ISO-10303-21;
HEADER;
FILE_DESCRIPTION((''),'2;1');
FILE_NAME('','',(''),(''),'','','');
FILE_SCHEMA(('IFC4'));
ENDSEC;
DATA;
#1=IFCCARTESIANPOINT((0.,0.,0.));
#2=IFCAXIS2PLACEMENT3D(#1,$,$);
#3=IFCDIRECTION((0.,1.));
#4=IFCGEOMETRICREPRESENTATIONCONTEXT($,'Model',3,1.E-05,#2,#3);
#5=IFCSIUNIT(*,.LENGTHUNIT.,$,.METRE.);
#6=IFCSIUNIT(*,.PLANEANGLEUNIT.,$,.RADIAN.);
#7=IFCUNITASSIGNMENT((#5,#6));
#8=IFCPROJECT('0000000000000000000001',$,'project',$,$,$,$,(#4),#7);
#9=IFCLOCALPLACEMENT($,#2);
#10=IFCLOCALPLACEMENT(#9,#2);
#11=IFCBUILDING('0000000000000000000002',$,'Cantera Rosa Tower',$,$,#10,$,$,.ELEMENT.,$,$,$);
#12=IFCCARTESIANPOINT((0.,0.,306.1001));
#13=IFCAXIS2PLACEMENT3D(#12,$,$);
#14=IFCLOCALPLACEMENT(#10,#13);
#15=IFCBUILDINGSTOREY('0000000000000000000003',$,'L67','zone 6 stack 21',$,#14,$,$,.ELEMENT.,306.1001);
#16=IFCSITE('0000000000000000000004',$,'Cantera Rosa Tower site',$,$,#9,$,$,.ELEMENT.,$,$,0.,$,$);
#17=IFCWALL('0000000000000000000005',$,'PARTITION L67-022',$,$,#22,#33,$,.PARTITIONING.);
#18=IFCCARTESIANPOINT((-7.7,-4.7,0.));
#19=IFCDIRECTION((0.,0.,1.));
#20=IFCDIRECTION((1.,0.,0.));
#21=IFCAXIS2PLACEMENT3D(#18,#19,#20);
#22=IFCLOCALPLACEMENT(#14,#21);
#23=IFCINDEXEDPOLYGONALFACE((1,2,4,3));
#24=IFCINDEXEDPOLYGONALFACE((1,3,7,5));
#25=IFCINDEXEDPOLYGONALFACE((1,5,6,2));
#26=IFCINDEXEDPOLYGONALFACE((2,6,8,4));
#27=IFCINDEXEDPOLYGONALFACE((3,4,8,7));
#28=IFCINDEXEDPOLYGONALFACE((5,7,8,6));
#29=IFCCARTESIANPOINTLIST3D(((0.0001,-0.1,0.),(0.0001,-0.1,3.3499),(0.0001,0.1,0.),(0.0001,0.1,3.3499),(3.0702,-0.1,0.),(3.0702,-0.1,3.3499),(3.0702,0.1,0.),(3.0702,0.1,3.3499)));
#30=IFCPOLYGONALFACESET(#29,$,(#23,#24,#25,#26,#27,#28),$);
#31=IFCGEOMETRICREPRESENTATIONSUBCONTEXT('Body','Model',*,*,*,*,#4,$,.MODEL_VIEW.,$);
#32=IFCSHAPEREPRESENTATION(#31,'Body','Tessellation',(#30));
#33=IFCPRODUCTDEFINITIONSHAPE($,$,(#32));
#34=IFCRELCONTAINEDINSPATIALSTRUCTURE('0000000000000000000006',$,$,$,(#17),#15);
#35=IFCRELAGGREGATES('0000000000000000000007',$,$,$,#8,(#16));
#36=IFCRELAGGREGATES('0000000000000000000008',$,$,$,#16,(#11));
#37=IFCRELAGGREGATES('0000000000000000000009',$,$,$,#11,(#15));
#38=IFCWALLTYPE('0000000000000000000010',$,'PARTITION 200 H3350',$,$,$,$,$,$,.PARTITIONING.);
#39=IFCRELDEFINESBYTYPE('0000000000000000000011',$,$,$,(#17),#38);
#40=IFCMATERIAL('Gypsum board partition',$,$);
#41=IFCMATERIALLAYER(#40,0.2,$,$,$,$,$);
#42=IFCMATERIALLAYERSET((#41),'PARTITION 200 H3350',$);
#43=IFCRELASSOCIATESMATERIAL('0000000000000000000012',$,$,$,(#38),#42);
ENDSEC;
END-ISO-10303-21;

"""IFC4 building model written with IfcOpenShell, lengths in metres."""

from ifc_helpers import new_model, si_unit, direction, frame, frame_2d, origin, place, context, subcontext, project, spatial, rectangle, extrude, material, layer, layer_set, type_object, element, save


model = new_model("IFC4")

# Units and contexts
model_context = context("Model", 3, precision=1e-05, world=origin(), true_north=direction((0.0, 1.0)))
body_context = subcontext(model_context, "Body", "Model", "MODEL_VIEW")
ifc_project = project(units=[si_unit("LENGTHUNIT", "METRE"), si_unit("PLANEANGLEUNIT", "RADIAN")], contexts=[model_context])

# Site, building, storey
site_placement = place(None, origin())
site = spatial("IfcSite", under=ifc_project, at=site_placement, Name="Cantera Rosa Tower site", CompositionType="ELEMENT", RefElevation=0.0)
building_placement = place(site_placement, origin())
building = spatial("IfcBuilding", under=site, at=building_placement, Name="Cantera Rosa Tower", CompositionType="ELEMENT")
storey_placement = place(building_placement, frame((0.0, 0.0, 306.1001)))
storey = spatial("IfcBuildingStorey", under=building, at=storey_placement, Name="L67", Description="zone 6 stack 21", CompositionType="ELEMENT", Elevation=306.1001)

# Wall
ifc_material_1 = material(Name="Gypsum board partition")
ifc_layer_1 = layer(ifc_material_1, 0.2)
ifc_layer_set_1 = layer_set([ifc_layer_1], Name="PARTITION 200 H3350")
wall_type_1 = type_object("IfcWallType", Name="PARTITION 200 H3350", PredefinedType="PARTITIONING", material=ifc_layer_set_1)
wall_1_placement = place(storey_placement, frame((-7.7, -4.7, 0.0), z_axis=(0.0, 0.0, 1.0), x_axis=(1.0, 0.0, 0.0)))
element("IfcWall", 1, at=wall_1_placement, inside=storey, type_object=wall_type_1, Name="PARTITION L67-022", PredefinedType="PARTITIONING", context=body_context, shape_type="SweptSolid", body=[
    extrude(rectangle(XDim=3.0701, YDim=0.2, at=frame_2d((1.5352, 0.0))), origin(), (0.0, 0.0, 1.0), 3.3499),
])

save(model, "model.ifc")
